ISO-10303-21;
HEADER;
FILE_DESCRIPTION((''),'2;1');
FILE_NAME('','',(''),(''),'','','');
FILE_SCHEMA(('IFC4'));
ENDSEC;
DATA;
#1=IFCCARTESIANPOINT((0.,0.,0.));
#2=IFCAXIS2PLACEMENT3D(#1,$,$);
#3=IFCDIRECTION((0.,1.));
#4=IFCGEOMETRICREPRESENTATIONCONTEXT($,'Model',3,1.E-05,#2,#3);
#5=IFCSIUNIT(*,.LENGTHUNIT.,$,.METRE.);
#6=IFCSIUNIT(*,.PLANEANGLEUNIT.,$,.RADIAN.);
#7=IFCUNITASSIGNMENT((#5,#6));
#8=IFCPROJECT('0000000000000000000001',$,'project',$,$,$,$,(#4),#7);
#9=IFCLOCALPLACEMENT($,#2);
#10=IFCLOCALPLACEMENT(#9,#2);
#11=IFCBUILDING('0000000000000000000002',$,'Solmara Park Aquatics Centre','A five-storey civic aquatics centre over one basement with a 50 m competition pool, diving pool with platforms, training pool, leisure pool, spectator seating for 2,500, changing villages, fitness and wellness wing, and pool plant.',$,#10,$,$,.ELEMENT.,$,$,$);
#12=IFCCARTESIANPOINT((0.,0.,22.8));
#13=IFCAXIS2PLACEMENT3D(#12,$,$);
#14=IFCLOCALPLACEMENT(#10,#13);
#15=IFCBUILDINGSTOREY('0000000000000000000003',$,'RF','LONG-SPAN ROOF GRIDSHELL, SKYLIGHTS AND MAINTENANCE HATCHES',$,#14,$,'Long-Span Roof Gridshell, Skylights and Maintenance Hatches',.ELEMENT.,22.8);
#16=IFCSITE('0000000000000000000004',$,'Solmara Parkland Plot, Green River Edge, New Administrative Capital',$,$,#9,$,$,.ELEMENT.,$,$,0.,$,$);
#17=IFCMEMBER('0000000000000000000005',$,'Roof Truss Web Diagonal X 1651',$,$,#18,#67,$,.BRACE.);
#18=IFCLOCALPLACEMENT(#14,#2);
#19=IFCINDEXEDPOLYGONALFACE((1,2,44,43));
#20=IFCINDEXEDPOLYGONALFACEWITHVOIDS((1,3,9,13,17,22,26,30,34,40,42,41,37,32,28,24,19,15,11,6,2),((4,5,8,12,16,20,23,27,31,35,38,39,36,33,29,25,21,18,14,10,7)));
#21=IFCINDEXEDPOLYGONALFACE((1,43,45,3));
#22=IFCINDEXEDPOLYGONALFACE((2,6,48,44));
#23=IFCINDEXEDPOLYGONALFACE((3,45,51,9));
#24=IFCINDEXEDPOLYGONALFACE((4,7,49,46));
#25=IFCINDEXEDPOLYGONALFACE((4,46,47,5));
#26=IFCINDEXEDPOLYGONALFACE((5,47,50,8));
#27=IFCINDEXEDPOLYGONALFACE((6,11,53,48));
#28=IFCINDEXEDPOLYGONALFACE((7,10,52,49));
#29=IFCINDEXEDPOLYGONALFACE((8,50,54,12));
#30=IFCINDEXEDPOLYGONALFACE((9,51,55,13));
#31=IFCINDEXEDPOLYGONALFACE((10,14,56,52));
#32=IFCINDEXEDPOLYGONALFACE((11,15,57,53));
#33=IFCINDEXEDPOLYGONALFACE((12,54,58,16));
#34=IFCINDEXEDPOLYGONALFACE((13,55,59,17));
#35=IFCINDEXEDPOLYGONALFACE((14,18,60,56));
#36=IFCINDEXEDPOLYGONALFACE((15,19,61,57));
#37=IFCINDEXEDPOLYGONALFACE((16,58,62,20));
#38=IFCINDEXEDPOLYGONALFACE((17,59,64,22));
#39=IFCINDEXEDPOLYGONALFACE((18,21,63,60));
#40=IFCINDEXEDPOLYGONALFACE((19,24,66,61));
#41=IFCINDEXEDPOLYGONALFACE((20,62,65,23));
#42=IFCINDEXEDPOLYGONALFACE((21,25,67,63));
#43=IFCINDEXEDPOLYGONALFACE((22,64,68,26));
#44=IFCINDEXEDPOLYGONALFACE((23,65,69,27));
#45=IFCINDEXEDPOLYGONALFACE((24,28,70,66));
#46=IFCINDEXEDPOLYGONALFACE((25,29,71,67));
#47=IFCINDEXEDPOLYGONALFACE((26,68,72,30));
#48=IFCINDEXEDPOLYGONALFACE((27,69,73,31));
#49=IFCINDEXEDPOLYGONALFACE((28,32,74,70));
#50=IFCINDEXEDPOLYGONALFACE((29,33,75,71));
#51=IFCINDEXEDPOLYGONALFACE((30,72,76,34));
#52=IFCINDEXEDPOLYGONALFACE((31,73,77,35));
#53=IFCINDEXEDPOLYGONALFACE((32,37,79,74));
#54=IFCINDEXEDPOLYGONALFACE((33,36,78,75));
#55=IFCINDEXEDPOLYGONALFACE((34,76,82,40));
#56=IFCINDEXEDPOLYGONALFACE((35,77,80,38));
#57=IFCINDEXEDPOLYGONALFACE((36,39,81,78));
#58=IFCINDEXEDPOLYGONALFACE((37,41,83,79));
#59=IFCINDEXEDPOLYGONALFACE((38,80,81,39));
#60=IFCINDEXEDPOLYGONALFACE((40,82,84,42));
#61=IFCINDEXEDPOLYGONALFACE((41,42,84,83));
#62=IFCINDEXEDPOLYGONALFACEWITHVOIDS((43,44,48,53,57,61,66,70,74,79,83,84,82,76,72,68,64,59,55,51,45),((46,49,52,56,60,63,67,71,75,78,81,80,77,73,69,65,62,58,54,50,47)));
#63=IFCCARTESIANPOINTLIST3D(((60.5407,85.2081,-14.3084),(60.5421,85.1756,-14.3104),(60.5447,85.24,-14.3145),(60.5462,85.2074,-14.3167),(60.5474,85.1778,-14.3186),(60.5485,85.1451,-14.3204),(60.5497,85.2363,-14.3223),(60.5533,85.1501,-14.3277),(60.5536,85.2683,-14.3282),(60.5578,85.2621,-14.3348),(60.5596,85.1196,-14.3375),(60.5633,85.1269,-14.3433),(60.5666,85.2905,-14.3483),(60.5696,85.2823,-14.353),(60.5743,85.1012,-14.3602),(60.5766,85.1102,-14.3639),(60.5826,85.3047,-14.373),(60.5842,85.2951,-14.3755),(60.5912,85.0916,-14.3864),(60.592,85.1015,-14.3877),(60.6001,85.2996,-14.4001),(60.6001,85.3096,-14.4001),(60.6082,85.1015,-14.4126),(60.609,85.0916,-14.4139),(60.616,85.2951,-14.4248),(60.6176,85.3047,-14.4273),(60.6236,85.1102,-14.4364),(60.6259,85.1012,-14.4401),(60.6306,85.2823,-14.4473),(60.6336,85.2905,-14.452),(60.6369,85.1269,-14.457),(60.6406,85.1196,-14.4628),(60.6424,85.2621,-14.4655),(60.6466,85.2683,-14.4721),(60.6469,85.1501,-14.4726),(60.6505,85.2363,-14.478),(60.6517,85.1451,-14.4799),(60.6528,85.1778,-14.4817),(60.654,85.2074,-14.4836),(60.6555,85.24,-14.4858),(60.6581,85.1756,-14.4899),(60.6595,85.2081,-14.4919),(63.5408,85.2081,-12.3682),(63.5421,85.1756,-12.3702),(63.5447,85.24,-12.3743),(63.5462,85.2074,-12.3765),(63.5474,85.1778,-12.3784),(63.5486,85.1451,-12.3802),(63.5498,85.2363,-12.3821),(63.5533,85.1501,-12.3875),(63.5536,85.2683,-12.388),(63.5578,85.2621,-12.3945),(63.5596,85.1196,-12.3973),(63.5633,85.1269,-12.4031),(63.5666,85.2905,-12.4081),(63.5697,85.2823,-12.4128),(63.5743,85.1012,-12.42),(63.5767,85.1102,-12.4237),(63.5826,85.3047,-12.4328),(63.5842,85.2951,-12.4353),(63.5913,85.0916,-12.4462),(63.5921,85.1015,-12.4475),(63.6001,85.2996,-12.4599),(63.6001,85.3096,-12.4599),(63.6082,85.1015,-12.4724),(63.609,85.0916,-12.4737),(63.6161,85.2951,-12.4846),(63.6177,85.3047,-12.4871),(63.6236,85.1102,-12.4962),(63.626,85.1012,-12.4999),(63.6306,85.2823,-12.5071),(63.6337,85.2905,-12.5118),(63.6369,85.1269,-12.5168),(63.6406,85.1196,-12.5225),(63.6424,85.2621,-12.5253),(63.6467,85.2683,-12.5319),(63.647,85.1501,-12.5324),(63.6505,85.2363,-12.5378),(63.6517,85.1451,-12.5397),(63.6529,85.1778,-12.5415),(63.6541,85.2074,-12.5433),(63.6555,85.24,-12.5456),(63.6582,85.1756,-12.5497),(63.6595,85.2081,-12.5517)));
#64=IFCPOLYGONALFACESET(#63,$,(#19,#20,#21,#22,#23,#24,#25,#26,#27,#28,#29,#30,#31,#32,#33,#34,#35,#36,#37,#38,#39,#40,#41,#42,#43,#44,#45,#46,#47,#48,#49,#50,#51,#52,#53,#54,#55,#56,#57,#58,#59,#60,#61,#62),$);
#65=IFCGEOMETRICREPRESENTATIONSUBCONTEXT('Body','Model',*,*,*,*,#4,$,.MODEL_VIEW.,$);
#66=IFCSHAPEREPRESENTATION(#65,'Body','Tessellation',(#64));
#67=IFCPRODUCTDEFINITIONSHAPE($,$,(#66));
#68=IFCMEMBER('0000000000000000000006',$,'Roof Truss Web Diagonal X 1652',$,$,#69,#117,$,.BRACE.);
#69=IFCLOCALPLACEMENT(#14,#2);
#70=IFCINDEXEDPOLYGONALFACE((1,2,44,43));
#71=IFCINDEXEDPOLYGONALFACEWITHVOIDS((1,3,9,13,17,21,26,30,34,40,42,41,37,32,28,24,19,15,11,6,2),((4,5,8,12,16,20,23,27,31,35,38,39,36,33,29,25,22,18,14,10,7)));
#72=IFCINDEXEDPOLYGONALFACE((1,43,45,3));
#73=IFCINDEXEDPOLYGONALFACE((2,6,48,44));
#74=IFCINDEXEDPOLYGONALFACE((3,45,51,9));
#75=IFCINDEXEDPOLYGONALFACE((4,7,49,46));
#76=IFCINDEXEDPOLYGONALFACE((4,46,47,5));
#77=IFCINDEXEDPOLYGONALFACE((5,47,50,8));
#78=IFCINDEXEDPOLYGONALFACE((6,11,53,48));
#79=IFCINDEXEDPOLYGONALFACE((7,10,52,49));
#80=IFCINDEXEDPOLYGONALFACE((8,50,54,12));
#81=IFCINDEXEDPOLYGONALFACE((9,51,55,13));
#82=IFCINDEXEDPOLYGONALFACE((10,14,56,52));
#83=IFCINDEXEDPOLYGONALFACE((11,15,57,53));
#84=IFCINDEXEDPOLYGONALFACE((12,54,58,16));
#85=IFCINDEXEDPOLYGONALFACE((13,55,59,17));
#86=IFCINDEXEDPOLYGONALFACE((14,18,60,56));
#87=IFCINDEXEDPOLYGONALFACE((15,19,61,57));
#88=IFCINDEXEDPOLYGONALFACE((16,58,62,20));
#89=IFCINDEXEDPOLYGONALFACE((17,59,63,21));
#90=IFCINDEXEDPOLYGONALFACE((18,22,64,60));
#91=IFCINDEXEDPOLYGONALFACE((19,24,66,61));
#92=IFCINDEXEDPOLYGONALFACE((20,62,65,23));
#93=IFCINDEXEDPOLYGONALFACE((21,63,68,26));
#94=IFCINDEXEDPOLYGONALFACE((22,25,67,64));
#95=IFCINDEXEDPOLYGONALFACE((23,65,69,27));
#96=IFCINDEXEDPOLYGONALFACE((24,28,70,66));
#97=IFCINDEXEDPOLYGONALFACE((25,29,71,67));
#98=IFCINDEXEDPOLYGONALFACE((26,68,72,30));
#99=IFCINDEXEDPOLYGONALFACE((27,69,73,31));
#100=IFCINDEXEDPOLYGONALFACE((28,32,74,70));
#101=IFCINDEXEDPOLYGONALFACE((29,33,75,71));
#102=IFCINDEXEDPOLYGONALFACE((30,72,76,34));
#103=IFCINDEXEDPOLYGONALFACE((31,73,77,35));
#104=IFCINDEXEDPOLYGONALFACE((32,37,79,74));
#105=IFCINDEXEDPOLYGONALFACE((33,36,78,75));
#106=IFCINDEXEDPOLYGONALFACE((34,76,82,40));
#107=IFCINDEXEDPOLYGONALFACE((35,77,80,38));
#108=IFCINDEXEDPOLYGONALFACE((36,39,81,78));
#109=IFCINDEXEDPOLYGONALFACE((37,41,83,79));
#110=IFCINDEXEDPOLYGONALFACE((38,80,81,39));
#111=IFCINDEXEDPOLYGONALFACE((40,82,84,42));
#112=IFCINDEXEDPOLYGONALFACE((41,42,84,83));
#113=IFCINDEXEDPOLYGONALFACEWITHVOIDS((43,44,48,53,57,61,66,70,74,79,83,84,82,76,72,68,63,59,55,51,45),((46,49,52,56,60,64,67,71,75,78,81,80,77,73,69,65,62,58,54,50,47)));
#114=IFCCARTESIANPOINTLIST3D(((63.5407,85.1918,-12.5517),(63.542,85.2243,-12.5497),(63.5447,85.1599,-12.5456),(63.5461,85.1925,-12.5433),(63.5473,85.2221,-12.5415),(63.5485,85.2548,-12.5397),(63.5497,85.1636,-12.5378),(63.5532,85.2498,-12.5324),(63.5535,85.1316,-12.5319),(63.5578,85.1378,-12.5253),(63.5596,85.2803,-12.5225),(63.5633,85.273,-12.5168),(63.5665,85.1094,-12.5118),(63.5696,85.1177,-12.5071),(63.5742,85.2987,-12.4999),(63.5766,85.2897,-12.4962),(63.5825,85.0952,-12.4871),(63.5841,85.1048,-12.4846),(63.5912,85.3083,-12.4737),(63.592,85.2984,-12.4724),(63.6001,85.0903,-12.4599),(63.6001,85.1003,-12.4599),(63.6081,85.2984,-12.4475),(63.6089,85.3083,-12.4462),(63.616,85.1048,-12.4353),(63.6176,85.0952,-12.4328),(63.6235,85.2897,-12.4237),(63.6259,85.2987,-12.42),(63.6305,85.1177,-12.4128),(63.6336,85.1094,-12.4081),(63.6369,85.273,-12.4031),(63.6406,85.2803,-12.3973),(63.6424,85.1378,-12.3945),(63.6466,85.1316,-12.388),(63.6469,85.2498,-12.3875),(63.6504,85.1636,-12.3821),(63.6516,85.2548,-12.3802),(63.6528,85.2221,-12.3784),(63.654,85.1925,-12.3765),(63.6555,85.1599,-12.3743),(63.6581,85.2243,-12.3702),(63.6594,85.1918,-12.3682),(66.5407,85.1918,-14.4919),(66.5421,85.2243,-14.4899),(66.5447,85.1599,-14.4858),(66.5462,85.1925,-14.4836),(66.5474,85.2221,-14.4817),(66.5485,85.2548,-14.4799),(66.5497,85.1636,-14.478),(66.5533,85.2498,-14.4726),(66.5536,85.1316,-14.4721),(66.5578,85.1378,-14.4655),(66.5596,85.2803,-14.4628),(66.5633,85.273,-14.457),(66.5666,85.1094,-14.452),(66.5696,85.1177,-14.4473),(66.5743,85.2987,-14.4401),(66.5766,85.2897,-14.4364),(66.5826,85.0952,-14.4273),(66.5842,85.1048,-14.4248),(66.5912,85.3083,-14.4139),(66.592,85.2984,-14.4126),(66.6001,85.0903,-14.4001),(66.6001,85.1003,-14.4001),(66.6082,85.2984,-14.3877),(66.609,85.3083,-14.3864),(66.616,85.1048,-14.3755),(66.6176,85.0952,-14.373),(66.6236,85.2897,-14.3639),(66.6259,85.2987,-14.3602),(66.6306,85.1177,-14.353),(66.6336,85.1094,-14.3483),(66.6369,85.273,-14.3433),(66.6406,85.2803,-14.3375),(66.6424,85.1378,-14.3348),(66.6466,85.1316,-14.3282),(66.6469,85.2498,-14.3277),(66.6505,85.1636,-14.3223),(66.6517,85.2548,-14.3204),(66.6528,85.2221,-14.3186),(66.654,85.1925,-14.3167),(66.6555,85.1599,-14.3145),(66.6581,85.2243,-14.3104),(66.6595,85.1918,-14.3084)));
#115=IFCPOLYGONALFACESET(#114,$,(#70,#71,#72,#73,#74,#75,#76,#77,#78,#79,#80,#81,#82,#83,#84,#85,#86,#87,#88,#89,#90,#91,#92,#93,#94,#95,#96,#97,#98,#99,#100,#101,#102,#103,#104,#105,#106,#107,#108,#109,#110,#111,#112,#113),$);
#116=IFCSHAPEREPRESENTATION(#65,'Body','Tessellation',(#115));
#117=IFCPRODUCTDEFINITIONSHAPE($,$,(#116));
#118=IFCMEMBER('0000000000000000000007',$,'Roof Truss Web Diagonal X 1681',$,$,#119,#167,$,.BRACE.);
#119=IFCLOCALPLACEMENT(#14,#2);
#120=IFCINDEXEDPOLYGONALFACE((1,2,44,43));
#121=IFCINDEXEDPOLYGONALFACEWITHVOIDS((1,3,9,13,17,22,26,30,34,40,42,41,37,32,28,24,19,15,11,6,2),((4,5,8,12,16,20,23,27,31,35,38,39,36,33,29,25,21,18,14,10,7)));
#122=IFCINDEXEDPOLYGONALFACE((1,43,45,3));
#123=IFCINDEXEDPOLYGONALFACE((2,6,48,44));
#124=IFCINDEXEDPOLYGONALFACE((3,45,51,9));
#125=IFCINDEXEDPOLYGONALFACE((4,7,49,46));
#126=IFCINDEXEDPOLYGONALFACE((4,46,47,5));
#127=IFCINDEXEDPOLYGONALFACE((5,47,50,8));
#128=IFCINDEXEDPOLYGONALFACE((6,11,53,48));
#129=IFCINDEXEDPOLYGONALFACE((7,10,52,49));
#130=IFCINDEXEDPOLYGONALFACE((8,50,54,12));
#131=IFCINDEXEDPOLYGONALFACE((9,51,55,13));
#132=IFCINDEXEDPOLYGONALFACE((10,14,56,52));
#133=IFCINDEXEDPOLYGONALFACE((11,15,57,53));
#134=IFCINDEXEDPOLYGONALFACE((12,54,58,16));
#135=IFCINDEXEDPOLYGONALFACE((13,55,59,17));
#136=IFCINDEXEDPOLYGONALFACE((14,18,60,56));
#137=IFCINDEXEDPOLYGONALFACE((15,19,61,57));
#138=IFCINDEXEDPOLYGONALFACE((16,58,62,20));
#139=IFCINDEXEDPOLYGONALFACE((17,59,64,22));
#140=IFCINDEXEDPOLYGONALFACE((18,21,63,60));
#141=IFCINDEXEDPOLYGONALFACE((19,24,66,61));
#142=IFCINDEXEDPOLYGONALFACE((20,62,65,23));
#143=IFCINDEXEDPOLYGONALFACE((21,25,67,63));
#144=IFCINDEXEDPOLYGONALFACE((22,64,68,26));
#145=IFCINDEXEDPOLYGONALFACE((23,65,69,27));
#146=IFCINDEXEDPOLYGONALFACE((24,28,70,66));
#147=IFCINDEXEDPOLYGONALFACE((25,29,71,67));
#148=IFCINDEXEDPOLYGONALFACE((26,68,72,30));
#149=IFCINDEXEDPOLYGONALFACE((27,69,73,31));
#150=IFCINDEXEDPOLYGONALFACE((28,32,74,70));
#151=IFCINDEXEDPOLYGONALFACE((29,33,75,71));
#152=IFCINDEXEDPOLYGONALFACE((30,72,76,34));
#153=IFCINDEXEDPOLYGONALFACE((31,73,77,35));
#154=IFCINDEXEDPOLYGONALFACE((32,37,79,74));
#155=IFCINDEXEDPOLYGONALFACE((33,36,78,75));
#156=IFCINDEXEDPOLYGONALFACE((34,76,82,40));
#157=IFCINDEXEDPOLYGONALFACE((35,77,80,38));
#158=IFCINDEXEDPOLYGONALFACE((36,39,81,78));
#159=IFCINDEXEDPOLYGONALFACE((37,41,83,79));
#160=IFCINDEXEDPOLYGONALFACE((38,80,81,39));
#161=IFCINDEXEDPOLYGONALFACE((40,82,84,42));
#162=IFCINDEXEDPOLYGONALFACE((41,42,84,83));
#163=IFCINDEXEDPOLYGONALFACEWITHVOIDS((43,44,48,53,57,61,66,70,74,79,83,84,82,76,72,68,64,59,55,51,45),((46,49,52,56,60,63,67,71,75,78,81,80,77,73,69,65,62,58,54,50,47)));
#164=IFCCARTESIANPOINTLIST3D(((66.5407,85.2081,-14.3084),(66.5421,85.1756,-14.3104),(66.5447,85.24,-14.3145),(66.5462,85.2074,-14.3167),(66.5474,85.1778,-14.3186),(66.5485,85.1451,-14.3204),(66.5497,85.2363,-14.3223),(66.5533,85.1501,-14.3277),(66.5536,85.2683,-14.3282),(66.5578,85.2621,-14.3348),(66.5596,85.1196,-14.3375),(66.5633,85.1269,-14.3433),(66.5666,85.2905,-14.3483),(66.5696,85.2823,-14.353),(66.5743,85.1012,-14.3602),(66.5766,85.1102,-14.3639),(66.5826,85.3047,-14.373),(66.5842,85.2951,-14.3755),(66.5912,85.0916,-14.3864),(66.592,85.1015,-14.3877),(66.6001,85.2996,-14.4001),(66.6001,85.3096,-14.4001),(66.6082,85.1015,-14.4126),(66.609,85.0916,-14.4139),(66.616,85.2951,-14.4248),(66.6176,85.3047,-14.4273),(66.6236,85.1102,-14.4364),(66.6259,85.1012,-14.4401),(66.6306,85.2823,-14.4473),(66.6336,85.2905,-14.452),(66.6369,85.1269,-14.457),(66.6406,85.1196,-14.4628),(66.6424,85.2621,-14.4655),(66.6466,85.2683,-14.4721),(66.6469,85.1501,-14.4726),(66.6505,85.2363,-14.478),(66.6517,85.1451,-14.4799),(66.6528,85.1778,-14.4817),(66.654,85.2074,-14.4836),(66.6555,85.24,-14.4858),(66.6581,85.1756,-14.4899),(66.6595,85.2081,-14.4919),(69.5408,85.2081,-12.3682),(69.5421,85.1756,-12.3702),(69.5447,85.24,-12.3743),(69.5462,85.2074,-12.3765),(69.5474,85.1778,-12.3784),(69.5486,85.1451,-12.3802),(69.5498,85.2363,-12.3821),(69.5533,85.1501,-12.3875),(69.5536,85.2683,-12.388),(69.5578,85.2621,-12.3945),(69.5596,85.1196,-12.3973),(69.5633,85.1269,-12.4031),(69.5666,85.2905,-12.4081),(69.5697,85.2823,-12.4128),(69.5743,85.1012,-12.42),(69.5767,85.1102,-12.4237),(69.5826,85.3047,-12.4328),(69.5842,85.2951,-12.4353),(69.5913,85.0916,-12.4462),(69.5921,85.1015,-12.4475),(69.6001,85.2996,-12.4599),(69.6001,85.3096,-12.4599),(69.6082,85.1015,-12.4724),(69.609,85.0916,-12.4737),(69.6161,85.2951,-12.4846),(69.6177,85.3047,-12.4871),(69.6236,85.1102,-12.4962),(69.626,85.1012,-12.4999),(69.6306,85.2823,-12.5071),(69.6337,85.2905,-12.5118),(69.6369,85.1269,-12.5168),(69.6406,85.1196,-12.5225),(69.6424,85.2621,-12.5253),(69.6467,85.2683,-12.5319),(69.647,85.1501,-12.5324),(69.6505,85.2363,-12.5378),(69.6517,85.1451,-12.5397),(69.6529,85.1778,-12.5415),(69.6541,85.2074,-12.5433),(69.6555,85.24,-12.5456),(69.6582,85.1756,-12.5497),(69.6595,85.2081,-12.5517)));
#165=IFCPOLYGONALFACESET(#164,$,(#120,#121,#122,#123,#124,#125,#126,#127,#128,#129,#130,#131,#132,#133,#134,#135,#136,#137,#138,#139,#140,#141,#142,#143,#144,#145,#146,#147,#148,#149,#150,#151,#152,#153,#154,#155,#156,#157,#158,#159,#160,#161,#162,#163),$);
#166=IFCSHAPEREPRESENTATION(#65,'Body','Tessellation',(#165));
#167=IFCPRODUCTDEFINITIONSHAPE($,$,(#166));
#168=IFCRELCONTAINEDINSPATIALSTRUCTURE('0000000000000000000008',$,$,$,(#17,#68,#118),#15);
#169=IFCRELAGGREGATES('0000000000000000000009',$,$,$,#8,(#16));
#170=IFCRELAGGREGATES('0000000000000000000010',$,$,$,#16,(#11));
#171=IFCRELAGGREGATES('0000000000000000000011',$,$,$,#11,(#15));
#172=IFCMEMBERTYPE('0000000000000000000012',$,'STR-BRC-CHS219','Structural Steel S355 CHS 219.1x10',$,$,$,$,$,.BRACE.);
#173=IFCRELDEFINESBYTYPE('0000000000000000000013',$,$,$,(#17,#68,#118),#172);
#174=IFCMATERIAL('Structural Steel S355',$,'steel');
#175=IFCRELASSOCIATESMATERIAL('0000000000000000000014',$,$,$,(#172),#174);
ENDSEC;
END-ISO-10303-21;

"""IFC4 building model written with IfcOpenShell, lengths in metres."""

from ifc_helpers import new_model, si_unit, direction, frame, origin, origin_2d, place, context, subcontext, project, spatial, hollow_circle, extrude, material, material_profile, profile_set, type_object, element, save


model = new_model("IFC4")

# Units and contexts
model_context = context("Model", 3, precision=1e-05, world=origin(), true_north=direction((0.0, 1.0)))
body_context = subcontext(model_context, "Body", "Model", "MODEL_VIEW")
ifc_project = project(units=[si_unit("LENGTHUNIT", "METRE"), si_unit("PLANEANGLEUNIT", "RADIAN")], contexts=[model_context])

# Site, building, storey
site_placement = place(None, origin())
site = spatial("IfcSite", under=ifc_project, at=site_placement, Name="Solmara Parkland Plot, Green River Edge, New Administrative Capital", CompositionType="ELEMENT", RefElevation=0.0)
building_placement = place(site_placement, origin())
building = spatial("IfcBuilding", under=site, at=building_placement, Name="Solmara Park Aquatics Centre", Description="A five-storey civic aquatics centre over one basement with a 50 m competition pool, diving pool with platforms, training pool, leisure pool, spectator seating for 2,500, changing villages, fitness and wellness wing, and pool plant.", CompositionType="ELEMENT")
storey_placement = place(building_placement, frame((0.0, 0.0, 22.8)))
storey = spatial("IfcBuildingStorey", under=building, at=storey_placement, Name="RF", Description="LONG-SPAN ROOF GRIDSHELL, SKYLIGHTS AND MAINTENANCE HATCHES", LongName="Long-Span Roof Gridshell, Skylights and Maintenance Hatches", CompositionType="ELEMENT", Elevation=22.8)

# Members
ifc_material_1 = material(Name="Structural Steel S355", Category="steel")
ifc_material_profile_1 = material_profile(ifc_material_1, hollow_circle(Radius=0.1096, WallThickness=0.01, at=origin_2d()), Name="CHS 219.1x10")
ifc_profile_set_1 = profile_set([ifc_material_profile_1], Name="Structural Steel S355")
member_type_1 = type_object("IfcMemberType", Name="STR-BRC-CHS219", Description="Structural Steel S355 CHS 219.1x10", PredefinedType="BRACE", material=ifc_profile_set_1)
for number, where, z_axis, x_axis, name in (
    (1, (60.6001, 85.2, -14.4001), (0.839697, 0.0, 0.543056), (0.0, 1.0, 0.0), "Roof Truss Web Diagonal X 1651"),
    (2, (66.6001, 85.2, -14.4001), (-0.839697, 0.0, 0.543056), (0.0, -1.0, 0.0), "Roof Truss Web Diagonal X 1652"),
    (3, (66.6001, 85.2, -14.4001), (0.839697, 0.0, 0.543056), (0.0, 1.0, 0.0), "Roof Truss Web Diagonal X 1681"),
):
    element("IfcMember", number, at=place(storey_placement, frame(where, z_axis=z_axis, x_axis=x_axis)), inside=storey, type_object=member_type_1, Name=name, PredefinedType="BRACE", context=body_context, shape_type="SweptSolid", body=[
        extrude(hollow_circle(Radius=0.1096, WallThickness=0.01, at=origin_2d()), origin(), (0.0, 0.0, 1.0), 3.5728),
    ])

save(model, "model.ifc")
